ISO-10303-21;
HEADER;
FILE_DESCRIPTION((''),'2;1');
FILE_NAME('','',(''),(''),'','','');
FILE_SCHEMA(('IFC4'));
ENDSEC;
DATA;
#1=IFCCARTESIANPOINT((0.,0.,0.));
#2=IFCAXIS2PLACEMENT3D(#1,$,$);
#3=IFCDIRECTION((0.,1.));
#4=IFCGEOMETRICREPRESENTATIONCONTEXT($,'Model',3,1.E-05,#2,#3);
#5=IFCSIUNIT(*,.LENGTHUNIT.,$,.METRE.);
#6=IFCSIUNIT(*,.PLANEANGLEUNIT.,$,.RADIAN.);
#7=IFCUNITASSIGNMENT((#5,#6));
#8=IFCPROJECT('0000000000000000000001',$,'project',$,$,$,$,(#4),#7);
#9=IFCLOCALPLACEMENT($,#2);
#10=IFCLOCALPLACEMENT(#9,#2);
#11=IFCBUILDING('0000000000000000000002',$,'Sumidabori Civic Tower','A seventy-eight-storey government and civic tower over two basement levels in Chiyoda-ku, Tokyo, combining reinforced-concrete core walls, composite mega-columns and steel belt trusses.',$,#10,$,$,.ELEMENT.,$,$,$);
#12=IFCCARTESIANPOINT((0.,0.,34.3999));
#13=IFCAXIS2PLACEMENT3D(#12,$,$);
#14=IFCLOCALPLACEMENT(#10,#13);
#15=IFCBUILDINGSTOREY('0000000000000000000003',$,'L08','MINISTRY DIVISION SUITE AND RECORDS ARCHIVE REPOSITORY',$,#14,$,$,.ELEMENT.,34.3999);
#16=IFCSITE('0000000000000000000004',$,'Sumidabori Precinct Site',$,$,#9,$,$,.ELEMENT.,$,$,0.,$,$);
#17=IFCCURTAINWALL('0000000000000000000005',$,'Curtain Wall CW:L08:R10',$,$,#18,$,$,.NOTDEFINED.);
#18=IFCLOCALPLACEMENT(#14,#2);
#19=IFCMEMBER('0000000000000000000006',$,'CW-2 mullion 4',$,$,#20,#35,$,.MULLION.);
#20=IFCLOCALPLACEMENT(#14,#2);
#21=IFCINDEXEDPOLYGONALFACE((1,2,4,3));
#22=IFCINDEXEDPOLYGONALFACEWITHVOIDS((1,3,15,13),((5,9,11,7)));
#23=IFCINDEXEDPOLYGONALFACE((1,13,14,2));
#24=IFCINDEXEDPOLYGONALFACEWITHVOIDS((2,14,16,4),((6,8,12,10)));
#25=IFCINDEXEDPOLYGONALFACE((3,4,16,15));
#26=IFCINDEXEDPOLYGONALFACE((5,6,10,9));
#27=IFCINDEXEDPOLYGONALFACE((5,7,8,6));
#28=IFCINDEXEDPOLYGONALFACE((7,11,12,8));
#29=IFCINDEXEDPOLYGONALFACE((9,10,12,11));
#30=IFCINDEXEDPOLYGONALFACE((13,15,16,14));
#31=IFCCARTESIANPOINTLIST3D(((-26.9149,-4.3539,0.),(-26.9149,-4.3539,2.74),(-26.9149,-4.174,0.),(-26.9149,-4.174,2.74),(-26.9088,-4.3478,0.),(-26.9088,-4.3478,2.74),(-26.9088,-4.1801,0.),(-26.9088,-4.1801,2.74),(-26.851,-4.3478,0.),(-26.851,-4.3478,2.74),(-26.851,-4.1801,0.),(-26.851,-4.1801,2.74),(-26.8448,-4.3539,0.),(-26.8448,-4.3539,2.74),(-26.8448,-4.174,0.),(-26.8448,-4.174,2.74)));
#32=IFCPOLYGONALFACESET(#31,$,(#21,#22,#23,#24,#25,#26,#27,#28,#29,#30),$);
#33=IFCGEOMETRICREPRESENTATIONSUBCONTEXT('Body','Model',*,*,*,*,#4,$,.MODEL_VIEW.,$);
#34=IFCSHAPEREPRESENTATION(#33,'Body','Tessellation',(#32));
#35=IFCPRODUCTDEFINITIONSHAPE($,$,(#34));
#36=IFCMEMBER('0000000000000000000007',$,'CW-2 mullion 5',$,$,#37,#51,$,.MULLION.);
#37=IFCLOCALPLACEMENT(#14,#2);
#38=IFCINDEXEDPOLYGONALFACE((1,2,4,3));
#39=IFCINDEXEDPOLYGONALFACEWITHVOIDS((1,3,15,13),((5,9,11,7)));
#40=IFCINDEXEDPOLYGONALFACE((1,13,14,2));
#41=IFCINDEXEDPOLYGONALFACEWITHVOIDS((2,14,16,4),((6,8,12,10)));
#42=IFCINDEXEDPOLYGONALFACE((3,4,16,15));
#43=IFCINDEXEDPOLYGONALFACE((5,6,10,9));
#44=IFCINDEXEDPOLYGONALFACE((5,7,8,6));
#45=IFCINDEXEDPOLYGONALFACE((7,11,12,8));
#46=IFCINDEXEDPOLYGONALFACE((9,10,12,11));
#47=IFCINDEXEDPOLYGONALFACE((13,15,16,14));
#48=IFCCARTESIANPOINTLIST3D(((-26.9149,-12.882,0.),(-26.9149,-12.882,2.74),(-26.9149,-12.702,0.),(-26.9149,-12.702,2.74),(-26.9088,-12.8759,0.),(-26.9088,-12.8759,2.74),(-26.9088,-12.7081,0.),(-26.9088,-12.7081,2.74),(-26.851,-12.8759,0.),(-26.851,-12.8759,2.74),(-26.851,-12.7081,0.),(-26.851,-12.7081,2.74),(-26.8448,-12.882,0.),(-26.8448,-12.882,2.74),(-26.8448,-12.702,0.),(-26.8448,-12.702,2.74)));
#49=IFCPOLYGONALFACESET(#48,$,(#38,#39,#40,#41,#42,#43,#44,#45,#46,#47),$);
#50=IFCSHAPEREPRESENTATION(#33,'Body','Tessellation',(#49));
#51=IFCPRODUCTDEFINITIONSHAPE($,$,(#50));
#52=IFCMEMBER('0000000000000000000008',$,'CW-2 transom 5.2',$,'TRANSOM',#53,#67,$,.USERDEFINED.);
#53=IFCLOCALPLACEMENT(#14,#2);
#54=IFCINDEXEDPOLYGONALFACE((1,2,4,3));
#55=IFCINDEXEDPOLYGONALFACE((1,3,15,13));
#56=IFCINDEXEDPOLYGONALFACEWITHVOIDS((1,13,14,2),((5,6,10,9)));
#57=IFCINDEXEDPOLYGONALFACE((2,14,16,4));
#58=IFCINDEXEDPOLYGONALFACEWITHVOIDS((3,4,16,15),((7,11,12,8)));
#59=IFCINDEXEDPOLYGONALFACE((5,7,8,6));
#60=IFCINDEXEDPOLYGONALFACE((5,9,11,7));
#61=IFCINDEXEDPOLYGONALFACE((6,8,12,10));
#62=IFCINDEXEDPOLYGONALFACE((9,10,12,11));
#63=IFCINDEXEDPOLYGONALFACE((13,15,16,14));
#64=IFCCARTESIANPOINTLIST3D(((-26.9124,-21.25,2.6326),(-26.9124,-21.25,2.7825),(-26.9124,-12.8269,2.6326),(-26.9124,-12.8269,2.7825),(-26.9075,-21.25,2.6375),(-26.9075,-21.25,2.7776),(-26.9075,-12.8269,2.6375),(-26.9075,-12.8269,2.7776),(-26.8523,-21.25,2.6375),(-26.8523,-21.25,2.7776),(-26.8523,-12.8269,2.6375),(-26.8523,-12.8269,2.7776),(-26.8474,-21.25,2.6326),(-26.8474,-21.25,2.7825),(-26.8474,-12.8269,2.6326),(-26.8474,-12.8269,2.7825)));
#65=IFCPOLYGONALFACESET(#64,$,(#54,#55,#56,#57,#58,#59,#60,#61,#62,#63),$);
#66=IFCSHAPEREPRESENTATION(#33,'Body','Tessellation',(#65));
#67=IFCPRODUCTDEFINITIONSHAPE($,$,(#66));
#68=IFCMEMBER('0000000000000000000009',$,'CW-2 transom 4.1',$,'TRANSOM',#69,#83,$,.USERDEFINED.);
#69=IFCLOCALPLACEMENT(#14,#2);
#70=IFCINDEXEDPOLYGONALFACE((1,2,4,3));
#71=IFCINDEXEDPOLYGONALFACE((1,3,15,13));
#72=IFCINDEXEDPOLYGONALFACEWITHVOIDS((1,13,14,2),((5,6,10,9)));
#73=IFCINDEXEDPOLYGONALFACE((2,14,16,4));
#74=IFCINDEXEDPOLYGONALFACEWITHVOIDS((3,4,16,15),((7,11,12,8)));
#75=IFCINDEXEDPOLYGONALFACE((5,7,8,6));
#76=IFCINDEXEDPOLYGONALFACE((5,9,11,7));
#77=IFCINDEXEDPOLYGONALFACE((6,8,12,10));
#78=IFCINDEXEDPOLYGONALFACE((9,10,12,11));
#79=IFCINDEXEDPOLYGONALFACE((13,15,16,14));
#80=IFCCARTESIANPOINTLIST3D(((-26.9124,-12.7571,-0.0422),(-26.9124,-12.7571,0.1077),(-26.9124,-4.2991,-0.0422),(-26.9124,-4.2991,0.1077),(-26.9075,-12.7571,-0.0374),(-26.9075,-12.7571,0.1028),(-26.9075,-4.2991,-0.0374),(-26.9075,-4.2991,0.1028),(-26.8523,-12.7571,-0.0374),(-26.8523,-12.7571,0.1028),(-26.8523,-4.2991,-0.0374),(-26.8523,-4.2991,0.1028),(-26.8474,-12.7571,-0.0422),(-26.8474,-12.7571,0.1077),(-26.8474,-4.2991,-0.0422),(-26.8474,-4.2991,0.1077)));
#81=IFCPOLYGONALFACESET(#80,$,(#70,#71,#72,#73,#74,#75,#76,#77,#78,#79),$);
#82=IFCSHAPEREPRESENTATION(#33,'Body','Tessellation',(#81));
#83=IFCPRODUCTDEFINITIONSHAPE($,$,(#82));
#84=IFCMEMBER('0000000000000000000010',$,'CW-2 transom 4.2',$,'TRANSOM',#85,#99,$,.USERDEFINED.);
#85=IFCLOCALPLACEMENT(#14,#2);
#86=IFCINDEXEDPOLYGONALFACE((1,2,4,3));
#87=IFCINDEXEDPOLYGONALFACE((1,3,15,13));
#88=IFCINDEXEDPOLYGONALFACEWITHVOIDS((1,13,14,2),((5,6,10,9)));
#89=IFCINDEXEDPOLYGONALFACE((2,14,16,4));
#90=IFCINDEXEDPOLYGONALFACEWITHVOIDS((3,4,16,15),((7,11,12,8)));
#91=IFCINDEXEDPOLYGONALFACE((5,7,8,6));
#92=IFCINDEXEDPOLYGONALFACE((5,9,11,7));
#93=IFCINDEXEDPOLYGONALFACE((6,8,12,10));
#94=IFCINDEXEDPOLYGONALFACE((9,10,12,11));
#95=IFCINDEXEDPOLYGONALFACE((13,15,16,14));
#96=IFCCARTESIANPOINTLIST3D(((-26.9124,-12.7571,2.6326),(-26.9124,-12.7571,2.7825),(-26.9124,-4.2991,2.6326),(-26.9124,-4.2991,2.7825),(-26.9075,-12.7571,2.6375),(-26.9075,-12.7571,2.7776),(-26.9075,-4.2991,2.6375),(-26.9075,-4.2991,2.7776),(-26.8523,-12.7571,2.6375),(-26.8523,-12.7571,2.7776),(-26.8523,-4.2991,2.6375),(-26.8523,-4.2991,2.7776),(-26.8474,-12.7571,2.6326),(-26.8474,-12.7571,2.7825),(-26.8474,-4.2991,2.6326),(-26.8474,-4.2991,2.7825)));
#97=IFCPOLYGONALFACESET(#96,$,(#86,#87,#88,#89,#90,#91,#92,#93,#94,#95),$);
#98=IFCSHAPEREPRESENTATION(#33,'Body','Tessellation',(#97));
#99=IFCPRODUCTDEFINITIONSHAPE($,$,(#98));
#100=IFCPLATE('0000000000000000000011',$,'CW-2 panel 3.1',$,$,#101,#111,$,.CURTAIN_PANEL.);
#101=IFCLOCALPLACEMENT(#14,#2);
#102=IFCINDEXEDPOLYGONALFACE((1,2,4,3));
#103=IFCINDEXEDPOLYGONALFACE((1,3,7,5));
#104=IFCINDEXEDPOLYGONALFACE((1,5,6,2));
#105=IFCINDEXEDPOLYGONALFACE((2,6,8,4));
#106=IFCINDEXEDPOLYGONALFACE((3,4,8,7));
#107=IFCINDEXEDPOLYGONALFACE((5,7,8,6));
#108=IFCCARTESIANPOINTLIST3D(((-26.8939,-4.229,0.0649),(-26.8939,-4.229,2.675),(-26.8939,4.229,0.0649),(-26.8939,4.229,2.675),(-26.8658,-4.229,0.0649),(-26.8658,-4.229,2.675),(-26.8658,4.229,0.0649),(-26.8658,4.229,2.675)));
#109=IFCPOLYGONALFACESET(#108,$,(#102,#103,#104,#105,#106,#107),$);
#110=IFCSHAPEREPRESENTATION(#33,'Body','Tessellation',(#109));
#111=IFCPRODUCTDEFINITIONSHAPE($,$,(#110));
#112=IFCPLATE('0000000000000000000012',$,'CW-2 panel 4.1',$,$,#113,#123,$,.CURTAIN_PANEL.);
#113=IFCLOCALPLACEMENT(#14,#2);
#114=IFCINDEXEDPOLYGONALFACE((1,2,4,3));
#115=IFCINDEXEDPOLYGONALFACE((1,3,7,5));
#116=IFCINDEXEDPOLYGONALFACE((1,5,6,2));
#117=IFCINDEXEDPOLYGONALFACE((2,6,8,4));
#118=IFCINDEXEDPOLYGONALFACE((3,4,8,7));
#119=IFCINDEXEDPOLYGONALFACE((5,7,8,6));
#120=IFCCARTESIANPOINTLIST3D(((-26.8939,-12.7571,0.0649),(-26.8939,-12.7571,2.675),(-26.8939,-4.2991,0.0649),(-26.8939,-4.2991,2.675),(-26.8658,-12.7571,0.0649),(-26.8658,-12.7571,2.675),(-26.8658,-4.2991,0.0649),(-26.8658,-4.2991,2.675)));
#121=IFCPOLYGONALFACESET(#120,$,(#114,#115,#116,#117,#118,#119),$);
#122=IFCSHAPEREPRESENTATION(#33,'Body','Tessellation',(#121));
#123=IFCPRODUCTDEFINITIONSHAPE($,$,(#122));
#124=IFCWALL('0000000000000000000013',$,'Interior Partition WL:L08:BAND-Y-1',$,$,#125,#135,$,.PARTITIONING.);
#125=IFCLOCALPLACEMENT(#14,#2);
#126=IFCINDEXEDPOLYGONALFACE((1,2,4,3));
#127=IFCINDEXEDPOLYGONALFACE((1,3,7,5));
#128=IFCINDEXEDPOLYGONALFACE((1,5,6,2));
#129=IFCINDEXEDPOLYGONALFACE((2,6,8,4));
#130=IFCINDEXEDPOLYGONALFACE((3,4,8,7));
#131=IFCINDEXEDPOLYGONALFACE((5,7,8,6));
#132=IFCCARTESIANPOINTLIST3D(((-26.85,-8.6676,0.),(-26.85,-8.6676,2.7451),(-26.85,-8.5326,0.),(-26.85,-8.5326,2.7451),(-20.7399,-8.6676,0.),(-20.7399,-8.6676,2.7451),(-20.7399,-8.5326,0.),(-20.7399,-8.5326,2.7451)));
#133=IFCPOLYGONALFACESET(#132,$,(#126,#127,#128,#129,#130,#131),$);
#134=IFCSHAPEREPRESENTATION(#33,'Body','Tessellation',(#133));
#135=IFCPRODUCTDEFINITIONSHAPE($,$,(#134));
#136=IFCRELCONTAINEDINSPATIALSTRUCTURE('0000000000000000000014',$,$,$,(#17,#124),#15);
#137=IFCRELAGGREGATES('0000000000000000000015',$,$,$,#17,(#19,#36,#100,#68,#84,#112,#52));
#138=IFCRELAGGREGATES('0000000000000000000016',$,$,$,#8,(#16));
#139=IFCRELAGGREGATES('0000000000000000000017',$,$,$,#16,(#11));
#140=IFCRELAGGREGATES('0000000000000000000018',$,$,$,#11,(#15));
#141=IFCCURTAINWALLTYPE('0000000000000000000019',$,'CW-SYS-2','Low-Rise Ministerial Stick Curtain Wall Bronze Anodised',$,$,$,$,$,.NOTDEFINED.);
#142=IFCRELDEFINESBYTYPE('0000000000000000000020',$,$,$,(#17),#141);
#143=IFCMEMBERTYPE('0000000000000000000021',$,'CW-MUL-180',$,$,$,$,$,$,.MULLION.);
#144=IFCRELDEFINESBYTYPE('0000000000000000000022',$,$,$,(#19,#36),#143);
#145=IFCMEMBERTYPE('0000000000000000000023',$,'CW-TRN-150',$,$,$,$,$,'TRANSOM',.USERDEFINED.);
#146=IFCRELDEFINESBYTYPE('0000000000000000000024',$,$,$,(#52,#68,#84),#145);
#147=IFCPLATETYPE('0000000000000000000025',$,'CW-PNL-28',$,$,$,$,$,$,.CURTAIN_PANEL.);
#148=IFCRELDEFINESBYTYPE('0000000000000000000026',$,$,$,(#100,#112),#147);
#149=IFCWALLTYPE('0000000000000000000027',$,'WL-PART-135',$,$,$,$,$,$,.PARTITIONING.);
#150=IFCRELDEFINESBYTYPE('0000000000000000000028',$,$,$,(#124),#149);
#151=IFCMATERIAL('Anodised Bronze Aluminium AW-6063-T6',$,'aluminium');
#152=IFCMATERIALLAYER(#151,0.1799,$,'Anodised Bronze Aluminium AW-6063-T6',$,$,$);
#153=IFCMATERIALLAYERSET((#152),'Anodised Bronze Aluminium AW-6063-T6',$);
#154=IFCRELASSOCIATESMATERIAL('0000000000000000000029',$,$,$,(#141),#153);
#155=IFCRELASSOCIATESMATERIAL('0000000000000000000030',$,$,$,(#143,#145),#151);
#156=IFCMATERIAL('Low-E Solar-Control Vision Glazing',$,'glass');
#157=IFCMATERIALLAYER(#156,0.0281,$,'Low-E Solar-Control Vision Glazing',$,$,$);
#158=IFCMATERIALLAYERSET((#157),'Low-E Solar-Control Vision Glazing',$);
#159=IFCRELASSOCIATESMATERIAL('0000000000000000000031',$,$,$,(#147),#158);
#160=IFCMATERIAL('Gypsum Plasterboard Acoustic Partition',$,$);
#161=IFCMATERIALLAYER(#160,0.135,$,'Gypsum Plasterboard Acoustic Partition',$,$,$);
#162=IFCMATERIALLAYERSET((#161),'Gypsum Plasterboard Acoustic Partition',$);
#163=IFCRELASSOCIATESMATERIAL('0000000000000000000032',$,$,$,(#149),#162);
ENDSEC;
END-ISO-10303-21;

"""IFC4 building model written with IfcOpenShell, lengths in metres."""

from ifc_helpers import new_model, si_unit, direction, frame, frame_2d, origin, origin_2d, place, context, subcontext, project, spatial, rectangle, hollow_rectangle, extrude, source, transform, mapped, material, layer, layer_set, material_profile, profile_set, type_object, element, aggregate, save


model = new_model("IFC4")

# Units and contexts
model_context = context("Model", 3, precision=1e-05, world=origin(), true_north=direction((0.0, 1.0)))
body_context = subcontext(model_context, "Body", "Model", "MODEL_VIEW")
ifc_project = project(units=[si_unit("LENGTHUNIT", "METRE"), si_unit("PLANEANGLEUNIT", "RADIAN")], contexts=[model_context])

# Site, building, storey
site_placement = place(None, origin())
site = spatial("IfcSite", under=ifc_project, at=site_placement, Name="Sumidabori Precinct Site", CompositionType="ELEMENT", RefElevation=0.0)
building_placement = place(site_placement, origin())
building = spatial("IfcBuilding", under=site, at=building_placement, Name="Sumidabori Civic Tower", Description="A seventy-eight-storey government and civic tower over two basement levels in Chiyoda-ku, Tokyo, combining reinforced-concrete core walls, composite mega-columns and steel belt trusses.", CompositionType="ELEMENT")
storey_placement = place(building_placement, frame((0.0, 0.0, 34.3999)))
storey = spatial("IfcBuildingStorey", under=building, at=storey_placement, Name="L08", Description="MINISTRY DIVISION SUITE AND RECORDS ARCHIVE REPOSITORY", CompositionType="ELEMENT", Elevation=34.3999)

# Curtain wall, members, plates
ifc_material_1 = material(Name="Anodised Bronze Aluminium AW-6063-T6", Category="aluminium")
ifc_layer_1 = layer(ifc_material_1, 0.1799, Name="Anodised Bronze Aluminium AW-6063-T6")
ifc_layer_set_1 = layer_set([ifc_layer_1], Name="Anodised Bronze Aluminium AW-6063-T6")
curtain_wall_type = type_object("IfcCurtainWallType", Name="CW-SYS-2", Description="Low-Rise Ministerial Stick Curtain Wall Bronze Anodised", PredefinedType="NOTDEFINED", material=ifc_layer_set_1)
curtain_wall_placement = place(storey_placement, origin())
curtain_wall = element("IfcCurtainWall", 1, at=curtain_wall_placement, inside=storey, type_object=curtain_wall_type, Name="Curtain Wall CW:L08:R10", PredefinedType="NOTDEFINED")
ifc_material_profile_1 = material_profile(ifc_material_1, hollow_rectangle(XDim=0.0701, YDim=0.1799, WallThickness=0.0061, at=origin_2d()), Name="ALU MULLION 180x70")
ifc_profile_set_1 = profile_set([ifc_material_profile_1], Name="Anodised Bronze Aluminium AW-6063-T6")
member_type_1 = type_object("IfcMemberType", Name="CW-MUL-180", PredefinedType="MULLION", material=ifc_profile_set_1)
shared_shape_1 = source(origin(), body_context, "Body", "SweptSolid", [
    extrude(hollow_rectangle(XDim=0.0701, YDim=0.1799, WallThickness=0.0061, at=origin_2d()), origin(), (0.0, 0.0, 1.0), 2.74),
])
member_1_placement = place(storey_placement, frame((-26.8799, -4.2639, 0.0), z_axis=(0.0, 0.0, 1.0), x_axis=(1.0, 0.0, 0.0)))
member_1 = element("IfcMember", 2, at=member_1_placement, type_object=member_type_1, Name="CW-2 mullion 4", PredefinedType="MULLION", context=body_context, shape_type="MappedRepresentation", body=[
    mapped(shared_shape_1, transform((0.0, 0.0, 0.0), x_axis=(1.0, 0.0, 0.0), y_axis=(0.0, 1.0, 0.0), z_axis=(0.0, 0.0, 1.0), scale=1.0)),
])
member_2_placement = place(storey_placement, frame((-26.8799, -12.792, 0.0), z_axis=(0.0, 0.0, 1.0), x_axis=(1.0, 0.0, 0.0)))
member_2 = element("IfcMember", 3, at=member_2_placement, type_object=member_type_1, Name="CW-2 mullion 5", PredefinedType="MULLION", context=body_context, shape_type="MappedRepresentation", body=[
    mapped(shared_shape_1, transform((0.0, 0.0, 0.0), x_axis=(1.0, 0.0, 0.0), y_axis=(0.0, 1.0, 0.0), z_axis=(0.0, 0.0, 1.0), scale=1.0)),
])
ifc_material_profile_2 = material_profile(ifc_material_1, hollow_rectangle(XDim=0.0649, YDim=0.1499, WallThickness=0.0049, at=origin_2d()), Name="ALU TRANSOM 150x65")
ifc_profile_set_2 = profile_set([ifc_material_profile_2], Name="Anodised Bronze Aluminium AW-6063-T6")
member_type_2 = type_object("IfcMemberType", Name="CW-TRN-150", ElementType="TRANSOM", PredefinedType="USERDEFINED", material=ifc_profile_set_2)
shared_shape_2 = source(origin(), body_context, "Body", "SweptSolid", [
    extrude(hollow_rectangle(XDim=0.0649, YDim=0.1499, WallThickness=0.0049, at=origin_2d()), origin(), (0.0, 0.0, 1.0), 8.4231),
])
member_3_placement = place(storey_placement, frame((-26.8799, -12.8269, 2.7075), z_axis=(0.0, -1.0, 0.0), x_axis=(1.0, 0.0, 0.0)))
member_3 = element("IfcMember", 4, at=member_3_placement, type_object=member_type_2, Name="CW-2 transom 5.2", ObjectType="TRANSOM", PredefinedType="USERDEFINED", context=body_context, shape_type="MappedRepresentation", body=[
    mapped(shared_shape_2, transform((0.0, 0.0, 0.0), x_axis=(1.0, 0.0, 0.0), y_axis=(0.0, 1.0, 0.0), z_axis=(0.0, 0.0, 1.0), scale=1.0)),
])
shared_shape_3 = source(origin(), body_context, "Body", "SweptSolid", [
    extrude(hollow_rectangle(XDim=0.0649, YDim=0.1499, WallThickness=0.0049, at=origin_2d()), origin(), (0.0, 0.0, 1.0), 8.458),
])
member_4_placement = place(storey_placement, frame((-26.8799, -4.2991, 0.0327), z_axis=(0.0, -1.0, 0.0), x_axis=(1.0, 0.0, 0.0)))
member_4 = element("IfcMember", 5, at=member_4_placement, type_object=member_type_2, Name="CW-2 transom 4.1", ObjectType="TRANSOM", PredefinedType="USERDEFINED", context=body_context, shape_type="MappedRepresentation", body=[
    mapped(shared_shape_3, transform((0.0, 0.0, 0.0), x_axis=(1.0, 0.0, 0.0), y_axis=(0.0, 1.0, 0.0), z_axis=(0.0, 0.0, 1.0), scale=1.0)),
])
member_5_placement = place(storey_placement, frame((-26.8799, -4.2991, 2.7075), z_axis=(0.0, -1.0, 0.0), x_axis=(1.0, 0.0, 0.0)))
member_5 = element("IfcMember", 6, at=member_5_placement, type_object=member_type_2, Name="CW-2 transom 4.2", ObjectType="TRANSOM", PredefinedType="USERDEFINED", context=body_context, shape_type="MappedRepresentation", body=[
    mapped(shared_shape_3, transform((0.0, 0.0, 0.0), x_axis=(1.0, 0.0, 0.0), y_axis=(0.0, 1.0, 0.0), z_axis=(0.0, 0.0, 1.0), scale=1.0)),
])
ifc_material_2 = material(Name="Low-E Solar-Control Vision Glazing", Category="glass")
ifc_layer_2 = layer(ifc_material_2, 0.0281, Name="Low-E Solar-Control Vision Glazing")
ifc_layer_set_2 = layer_set([ifc_layer_2], Name="Low-E Solar-Control Vision Glazing")
plate_type = type_object("IfcPlateType", Name="CW-PNL-28", PredefinedType="CURTAIN_PANEL", material=ifc_layer_set_2)
shared_shape_4 = source(origin(), body_context, "Body", "SweptSolid", [
    extrude(rectangle(XDim=8.458, YDim=0.0281, at=origin_2d()), origin(), (0.0, 0.0, 1.0), 2.6101),
])
plate_1_placement = place(storey_placement, frame((-26.8799, 0.0, 0.0649), z_axis=(0.0, 0.0, 1.0), x_axis=(0.0, -1.0, 0.0)))
plate_1 = element("IfcPlate", 7, at=plate_1_placement, type_object=plate_type, Name="CW-2 panel 3.1", PredefinedType="CURTAIN_PANEL", context=body_context, shape_type="MappedRepresentation", body=[
    mapped(shared_shape_4, transform((0.0, 0.0, 0.0), x_axis=(1.0, 0.0, 0.0), y_axis=(0.0, 1.0, 0.0), z_axis=(0.0, 0.0, 1.0), scale=1.0)),
])
plate_2_placement = place(storey_placement, frame((-26.8799, -8.5281, 0.0649), z_axis=(0.0, 0.0, 1.0), x_axis=(0.0, -1.0, 0.0)))
plate_2 = element("IfcPlate", 8, at=plate_2_placement, type_object=plate_type, Name="CW-2 panel 4.1", PredefinedType="CURTAIN_PANEL", context=body_context, shape_type="MappedRepresentation", body=[
    mapped(shared_shape_4, transform((0.0, 0.0, 0.0), x_axis=(1.0, 0.0, 0.0), y_axis=(0.0, 1.0, 0.0), z_axis=(0.0, 0.0, 1.0), scale=1.0)),
])
aggregate(curtain_wall, [member_1, member_2, plate_1, member_4, member_5, plate_2, member_3])

# Wall
ifc_material_3 = material(Name="Gypsum Plasterboard Acoustic Partition")
ifc_layer_3 = layer(ifc_material_3, 0.135, Name="Gypsum Plasterboard Acoustic Partition")
ifc_layer_set_3 = layer_set([ifc_layer_3], Name="Gypsum Plasterboard Acoustic Partition")
wall_type = type_object("IfcWallType", Name="WL-PART-135", PredefinedType="PARTITIONING", material=ifc_layer_set_3)
shared_shape_5 = source(origin(), body_context, "Body", "SweptSolid", [
    extrude(rectangle(XDim=6.1101, YDim=0.135, at=frame_2d((3.0552, 0.0))), origin(), (0.0, 0.0, 1.0), 2.7451),
])
wall_1_placement = place(storey_placement, frame((-26.8501, -8.6001, 0.0), z_axis=(0.0, 0.0, 1.0), x_axis=(1.0, 0.0, 0.0)))
element("IfcWall", 9, at=wall_1_placement, inside=storey, type_object=wall_type, Name="Interior Partition WL:L08:BAND-Y-1", PredefinedType="PARTITIONING", context=body_context, shape_type="MappedRepresentation", body=[
    mapped(shared_shape_5, transform((0.0, 0.0, 0.0), x_axis=(1.0, 0.0, 0.0), y_axis=(0.0, 1.0, 0.0), z_axis=(0.0, 0.0, 1.0), scale=1.0)),
])

save(model, "model.ifc")
